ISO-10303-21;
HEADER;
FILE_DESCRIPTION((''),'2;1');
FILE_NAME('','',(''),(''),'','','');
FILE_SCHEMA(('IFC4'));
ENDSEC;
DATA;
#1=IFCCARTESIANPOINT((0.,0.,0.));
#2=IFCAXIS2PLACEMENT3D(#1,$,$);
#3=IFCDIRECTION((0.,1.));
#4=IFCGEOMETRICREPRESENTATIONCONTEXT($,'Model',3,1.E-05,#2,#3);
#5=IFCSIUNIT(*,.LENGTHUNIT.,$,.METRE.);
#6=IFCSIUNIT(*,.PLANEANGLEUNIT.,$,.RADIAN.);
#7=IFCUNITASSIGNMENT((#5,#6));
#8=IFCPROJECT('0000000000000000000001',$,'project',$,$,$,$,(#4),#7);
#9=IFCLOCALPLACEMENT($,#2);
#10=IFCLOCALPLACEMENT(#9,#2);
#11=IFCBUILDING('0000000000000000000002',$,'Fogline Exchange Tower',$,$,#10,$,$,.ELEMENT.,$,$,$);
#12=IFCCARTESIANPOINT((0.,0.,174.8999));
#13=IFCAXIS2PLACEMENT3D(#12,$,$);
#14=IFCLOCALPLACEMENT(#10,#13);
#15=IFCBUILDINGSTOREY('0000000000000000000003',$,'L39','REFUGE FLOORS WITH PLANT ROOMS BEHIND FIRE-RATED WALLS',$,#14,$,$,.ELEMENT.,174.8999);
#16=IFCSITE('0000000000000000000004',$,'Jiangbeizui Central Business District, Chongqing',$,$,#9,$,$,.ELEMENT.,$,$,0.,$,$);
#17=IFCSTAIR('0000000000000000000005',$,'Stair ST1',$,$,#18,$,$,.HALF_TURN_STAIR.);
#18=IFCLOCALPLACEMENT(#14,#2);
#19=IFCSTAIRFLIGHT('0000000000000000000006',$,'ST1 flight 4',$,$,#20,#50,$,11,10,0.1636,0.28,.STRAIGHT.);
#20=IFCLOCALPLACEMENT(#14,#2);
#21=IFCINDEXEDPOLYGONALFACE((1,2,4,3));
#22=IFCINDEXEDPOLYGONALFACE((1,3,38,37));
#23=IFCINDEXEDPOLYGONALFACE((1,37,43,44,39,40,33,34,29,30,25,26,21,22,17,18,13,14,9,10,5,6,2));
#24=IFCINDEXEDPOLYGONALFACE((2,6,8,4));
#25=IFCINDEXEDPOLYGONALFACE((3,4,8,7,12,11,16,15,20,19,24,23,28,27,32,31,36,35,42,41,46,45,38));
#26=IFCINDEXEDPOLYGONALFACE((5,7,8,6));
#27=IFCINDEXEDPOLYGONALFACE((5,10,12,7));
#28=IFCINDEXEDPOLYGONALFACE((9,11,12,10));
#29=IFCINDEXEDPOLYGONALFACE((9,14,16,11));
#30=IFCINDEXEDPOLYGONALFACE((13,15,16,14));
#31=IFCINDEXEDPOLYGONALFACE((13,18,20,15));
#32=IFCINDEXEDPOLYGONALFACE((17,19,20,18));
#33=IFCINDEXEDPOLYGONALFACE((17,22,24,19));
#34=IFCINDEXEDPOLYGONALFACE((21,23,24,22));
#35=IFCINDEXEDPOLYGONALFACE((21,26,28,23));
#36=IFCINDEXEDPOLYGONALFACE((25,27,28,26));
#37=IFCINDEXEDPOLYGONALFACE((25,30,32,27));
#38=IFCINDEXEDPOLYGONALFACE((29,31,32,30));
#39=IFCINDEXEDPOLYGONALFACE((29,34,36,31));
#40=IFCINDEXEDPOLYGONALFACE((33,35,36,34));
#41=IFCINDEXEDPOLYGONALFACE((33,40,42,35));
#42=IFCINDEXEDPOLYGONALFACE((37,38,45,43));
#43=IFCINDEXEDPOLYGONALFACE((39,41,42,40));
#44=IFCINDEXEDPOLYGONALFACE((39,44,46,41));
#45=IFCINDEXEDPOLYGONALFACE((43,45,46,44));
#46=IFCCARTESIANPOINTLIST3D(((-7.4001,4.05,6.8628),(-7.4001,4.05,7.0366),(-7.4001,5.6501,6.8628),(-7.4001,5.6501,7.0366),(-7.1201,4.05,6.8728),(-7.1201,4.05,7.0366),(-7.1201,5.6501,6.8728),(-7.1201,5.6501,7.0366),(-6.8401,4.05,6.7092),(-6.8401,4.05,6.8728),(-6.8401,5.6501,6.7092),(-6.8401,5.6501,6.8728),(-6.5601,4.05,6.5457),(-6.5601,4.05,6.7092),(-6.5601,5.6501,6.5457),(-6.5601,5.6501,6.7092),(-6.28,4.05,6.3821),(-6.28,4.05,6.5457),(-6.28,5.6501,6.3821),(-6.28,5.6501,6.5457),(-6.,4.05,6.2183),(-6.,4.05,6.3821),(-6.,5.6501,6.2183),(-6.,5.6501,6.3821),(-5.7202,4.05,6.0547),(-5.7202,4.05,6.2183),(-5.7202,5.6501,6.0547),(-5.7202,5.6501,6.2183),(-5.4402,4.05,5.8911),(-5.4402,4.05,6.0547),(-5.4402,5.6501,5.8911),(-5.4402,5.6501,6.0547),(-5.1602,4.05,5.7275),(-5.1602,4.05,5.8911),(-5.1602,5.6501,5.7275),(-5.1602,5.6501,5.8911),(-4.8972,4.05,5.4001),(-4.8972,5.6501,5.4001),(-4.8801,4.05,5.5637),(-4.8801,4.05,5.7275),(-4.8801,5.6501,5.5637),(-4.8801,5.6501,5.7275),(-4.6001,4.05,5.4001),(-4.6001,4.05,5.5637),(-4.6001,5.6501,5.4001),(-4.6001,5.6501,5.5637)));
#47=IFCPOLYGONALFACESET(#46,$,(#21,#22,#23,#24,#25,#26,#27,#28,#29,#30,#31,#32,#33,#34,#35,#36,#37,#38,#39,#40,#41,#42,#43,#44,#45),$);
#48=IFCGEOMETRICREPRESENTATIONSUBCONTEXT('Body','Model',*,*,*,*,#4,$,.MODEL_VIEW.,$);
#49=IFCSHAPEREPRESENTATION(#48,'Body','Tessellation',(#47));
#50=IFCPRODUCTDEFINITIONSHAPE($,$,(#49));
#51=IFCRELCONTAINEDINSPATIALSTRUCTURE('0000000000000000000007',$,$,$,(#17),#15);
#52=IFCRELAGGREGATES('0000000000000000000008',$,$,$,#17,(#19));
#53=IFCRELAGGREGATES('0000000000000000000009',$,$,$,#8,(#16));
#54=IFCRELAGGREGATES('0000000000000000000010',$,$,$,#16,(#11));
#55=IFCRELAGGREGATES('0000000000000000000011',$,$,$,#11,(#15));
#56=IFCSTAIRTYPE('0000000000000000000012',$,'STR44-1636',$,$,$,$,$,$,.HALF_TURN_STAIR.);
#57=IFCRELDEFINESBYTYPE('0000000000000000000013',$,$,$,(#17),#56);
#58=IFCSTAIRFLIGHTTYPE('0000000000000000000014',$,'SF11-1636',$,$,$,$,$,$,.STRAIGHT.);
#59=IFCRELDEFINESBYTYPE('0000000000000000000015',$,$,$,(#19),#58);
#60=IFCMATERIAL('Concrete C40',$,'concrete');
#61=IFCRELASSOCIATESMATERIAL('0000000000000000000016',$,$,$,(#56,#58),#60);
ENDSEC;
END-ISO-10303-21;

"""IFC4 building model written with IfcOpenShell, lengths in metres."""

from ifc_helpers import new_model, si_unit, direction, frame, origin, place, context, subcontext, project, spatial, polyline, outline, extrude, material, type_object, element, aggregate, save


model = new_model("IFC4")

# Units and contexts
model_context = context("Model", 3, precision=1e-05, world=origin(), true_north=direction((0.0, 1.0)))
body_context = subcontext(model_context, "Body", "Model", "MODEL_VIEW")
ifc_project = project(units=[si_unit("LENGTHUNIT", "METRE"), si_unit("PLANEANGLEUNIT", "RADIAN")], contexts=[model_context])

# Site, building, storey
site_placement = place(None, origin())
site = spatial("IfcSite", under=ifc_project, at=site_placement, Name="Jiangbeizui Central Business District, Chongqing", CompositionType="ELEMENT", RefElevation=0.0)
building_placement = place(site_placement, origin())
building = spatial("IfcBuilding", under=site, at=building_placement, Name="Fogline Exchange Tower", CompositionType="ELEMENT")
storey_placement = place(building_placement, frame((0.0, 0.0, 174.8999)))
storey = spatial("IfcBuildingStorey", under=building, at=storey_placement, Name="L39", Description="REFUGE FLOORS WITH PLANT ROOMS BEHIND FIRE-RATED WALLS", CompositionType="ELEMENT", Elevation=174.8999)

# Shared definitions
ifc_material_1 = material(Name="Concrete C40", Category="concrete")

# Stair, stair flight
stair_type = type_object("IfcStairType", Name="STR44-1636", PredefinedType="HALF_TURN_STAIR", material=ifc_material_1)
stair_placement = place(storey_placement, origin())
stair = element("IfcStair", 1, at=stair_placement, inside=storey, type_object=stair_type, Name="Stair ST1", PredefinedType="HALF_TURN_STAIR")
stair_flight_type = type_object("IfcStairFlightType", Name="SF11-1636", PredefinedType="STRAIGHT", material=ifc_material_1)
stair_flight_1_placement = place(storey_placement, frame((-4.6001, 4.8501, 5.4001), z_axis=(0.0, 0.0, 1.0), x_axis=(-1.0, 0.0, 0.0)))
stair_flight_1 = element("IfcStairFlight", 2, at=stair_flight_1_placement, type_object=stair_flight_type, Name="ST1 flight 4", NumberOfRisers=11, NumberOfTreads=10, PredefinedType="STRAIGHT", RiserHeight=0.1636, TreadLength=0.28, context=body_context, shape_type="SweptSolid", body=[
    extrude(outline(polyline([(0.0, 0.0), (0.0, 0.1636), (0.28, 0.1636), (0.28, 0.3274), (0.5601, 0.3274), (0.5601, 0.491), (0.8401, 0.491), (0.8401, 0.6545), (1.1201, 0.6545), (1.1201, 0.8181), (1.3999, 0.8181), (1.3999, 0.9819), (1.6799, 0.9819), (1.6799, 1.1455), (1.96, 1.1455), (1.96, 1.3091), (2.24, 1.3091), (2.24, 1.4727), (2.52, 1.4727), (2.52, 1.6365), (2.8, 1.6365), (2.8, 1.8), (2.8, 1.4626), (0.2971, 0.0), (0.0, 0.0)])), frame((0.0, 0.8, 0.0), z_axis=(0.0, -1.0, 0.0), x_axis=(1.0, 0.0, 0.0)), (0.0, 0.0, 1.0), 1.6001),
])
aggregate(stair, [stair_flight_1])

save(model, "model.ifc")
